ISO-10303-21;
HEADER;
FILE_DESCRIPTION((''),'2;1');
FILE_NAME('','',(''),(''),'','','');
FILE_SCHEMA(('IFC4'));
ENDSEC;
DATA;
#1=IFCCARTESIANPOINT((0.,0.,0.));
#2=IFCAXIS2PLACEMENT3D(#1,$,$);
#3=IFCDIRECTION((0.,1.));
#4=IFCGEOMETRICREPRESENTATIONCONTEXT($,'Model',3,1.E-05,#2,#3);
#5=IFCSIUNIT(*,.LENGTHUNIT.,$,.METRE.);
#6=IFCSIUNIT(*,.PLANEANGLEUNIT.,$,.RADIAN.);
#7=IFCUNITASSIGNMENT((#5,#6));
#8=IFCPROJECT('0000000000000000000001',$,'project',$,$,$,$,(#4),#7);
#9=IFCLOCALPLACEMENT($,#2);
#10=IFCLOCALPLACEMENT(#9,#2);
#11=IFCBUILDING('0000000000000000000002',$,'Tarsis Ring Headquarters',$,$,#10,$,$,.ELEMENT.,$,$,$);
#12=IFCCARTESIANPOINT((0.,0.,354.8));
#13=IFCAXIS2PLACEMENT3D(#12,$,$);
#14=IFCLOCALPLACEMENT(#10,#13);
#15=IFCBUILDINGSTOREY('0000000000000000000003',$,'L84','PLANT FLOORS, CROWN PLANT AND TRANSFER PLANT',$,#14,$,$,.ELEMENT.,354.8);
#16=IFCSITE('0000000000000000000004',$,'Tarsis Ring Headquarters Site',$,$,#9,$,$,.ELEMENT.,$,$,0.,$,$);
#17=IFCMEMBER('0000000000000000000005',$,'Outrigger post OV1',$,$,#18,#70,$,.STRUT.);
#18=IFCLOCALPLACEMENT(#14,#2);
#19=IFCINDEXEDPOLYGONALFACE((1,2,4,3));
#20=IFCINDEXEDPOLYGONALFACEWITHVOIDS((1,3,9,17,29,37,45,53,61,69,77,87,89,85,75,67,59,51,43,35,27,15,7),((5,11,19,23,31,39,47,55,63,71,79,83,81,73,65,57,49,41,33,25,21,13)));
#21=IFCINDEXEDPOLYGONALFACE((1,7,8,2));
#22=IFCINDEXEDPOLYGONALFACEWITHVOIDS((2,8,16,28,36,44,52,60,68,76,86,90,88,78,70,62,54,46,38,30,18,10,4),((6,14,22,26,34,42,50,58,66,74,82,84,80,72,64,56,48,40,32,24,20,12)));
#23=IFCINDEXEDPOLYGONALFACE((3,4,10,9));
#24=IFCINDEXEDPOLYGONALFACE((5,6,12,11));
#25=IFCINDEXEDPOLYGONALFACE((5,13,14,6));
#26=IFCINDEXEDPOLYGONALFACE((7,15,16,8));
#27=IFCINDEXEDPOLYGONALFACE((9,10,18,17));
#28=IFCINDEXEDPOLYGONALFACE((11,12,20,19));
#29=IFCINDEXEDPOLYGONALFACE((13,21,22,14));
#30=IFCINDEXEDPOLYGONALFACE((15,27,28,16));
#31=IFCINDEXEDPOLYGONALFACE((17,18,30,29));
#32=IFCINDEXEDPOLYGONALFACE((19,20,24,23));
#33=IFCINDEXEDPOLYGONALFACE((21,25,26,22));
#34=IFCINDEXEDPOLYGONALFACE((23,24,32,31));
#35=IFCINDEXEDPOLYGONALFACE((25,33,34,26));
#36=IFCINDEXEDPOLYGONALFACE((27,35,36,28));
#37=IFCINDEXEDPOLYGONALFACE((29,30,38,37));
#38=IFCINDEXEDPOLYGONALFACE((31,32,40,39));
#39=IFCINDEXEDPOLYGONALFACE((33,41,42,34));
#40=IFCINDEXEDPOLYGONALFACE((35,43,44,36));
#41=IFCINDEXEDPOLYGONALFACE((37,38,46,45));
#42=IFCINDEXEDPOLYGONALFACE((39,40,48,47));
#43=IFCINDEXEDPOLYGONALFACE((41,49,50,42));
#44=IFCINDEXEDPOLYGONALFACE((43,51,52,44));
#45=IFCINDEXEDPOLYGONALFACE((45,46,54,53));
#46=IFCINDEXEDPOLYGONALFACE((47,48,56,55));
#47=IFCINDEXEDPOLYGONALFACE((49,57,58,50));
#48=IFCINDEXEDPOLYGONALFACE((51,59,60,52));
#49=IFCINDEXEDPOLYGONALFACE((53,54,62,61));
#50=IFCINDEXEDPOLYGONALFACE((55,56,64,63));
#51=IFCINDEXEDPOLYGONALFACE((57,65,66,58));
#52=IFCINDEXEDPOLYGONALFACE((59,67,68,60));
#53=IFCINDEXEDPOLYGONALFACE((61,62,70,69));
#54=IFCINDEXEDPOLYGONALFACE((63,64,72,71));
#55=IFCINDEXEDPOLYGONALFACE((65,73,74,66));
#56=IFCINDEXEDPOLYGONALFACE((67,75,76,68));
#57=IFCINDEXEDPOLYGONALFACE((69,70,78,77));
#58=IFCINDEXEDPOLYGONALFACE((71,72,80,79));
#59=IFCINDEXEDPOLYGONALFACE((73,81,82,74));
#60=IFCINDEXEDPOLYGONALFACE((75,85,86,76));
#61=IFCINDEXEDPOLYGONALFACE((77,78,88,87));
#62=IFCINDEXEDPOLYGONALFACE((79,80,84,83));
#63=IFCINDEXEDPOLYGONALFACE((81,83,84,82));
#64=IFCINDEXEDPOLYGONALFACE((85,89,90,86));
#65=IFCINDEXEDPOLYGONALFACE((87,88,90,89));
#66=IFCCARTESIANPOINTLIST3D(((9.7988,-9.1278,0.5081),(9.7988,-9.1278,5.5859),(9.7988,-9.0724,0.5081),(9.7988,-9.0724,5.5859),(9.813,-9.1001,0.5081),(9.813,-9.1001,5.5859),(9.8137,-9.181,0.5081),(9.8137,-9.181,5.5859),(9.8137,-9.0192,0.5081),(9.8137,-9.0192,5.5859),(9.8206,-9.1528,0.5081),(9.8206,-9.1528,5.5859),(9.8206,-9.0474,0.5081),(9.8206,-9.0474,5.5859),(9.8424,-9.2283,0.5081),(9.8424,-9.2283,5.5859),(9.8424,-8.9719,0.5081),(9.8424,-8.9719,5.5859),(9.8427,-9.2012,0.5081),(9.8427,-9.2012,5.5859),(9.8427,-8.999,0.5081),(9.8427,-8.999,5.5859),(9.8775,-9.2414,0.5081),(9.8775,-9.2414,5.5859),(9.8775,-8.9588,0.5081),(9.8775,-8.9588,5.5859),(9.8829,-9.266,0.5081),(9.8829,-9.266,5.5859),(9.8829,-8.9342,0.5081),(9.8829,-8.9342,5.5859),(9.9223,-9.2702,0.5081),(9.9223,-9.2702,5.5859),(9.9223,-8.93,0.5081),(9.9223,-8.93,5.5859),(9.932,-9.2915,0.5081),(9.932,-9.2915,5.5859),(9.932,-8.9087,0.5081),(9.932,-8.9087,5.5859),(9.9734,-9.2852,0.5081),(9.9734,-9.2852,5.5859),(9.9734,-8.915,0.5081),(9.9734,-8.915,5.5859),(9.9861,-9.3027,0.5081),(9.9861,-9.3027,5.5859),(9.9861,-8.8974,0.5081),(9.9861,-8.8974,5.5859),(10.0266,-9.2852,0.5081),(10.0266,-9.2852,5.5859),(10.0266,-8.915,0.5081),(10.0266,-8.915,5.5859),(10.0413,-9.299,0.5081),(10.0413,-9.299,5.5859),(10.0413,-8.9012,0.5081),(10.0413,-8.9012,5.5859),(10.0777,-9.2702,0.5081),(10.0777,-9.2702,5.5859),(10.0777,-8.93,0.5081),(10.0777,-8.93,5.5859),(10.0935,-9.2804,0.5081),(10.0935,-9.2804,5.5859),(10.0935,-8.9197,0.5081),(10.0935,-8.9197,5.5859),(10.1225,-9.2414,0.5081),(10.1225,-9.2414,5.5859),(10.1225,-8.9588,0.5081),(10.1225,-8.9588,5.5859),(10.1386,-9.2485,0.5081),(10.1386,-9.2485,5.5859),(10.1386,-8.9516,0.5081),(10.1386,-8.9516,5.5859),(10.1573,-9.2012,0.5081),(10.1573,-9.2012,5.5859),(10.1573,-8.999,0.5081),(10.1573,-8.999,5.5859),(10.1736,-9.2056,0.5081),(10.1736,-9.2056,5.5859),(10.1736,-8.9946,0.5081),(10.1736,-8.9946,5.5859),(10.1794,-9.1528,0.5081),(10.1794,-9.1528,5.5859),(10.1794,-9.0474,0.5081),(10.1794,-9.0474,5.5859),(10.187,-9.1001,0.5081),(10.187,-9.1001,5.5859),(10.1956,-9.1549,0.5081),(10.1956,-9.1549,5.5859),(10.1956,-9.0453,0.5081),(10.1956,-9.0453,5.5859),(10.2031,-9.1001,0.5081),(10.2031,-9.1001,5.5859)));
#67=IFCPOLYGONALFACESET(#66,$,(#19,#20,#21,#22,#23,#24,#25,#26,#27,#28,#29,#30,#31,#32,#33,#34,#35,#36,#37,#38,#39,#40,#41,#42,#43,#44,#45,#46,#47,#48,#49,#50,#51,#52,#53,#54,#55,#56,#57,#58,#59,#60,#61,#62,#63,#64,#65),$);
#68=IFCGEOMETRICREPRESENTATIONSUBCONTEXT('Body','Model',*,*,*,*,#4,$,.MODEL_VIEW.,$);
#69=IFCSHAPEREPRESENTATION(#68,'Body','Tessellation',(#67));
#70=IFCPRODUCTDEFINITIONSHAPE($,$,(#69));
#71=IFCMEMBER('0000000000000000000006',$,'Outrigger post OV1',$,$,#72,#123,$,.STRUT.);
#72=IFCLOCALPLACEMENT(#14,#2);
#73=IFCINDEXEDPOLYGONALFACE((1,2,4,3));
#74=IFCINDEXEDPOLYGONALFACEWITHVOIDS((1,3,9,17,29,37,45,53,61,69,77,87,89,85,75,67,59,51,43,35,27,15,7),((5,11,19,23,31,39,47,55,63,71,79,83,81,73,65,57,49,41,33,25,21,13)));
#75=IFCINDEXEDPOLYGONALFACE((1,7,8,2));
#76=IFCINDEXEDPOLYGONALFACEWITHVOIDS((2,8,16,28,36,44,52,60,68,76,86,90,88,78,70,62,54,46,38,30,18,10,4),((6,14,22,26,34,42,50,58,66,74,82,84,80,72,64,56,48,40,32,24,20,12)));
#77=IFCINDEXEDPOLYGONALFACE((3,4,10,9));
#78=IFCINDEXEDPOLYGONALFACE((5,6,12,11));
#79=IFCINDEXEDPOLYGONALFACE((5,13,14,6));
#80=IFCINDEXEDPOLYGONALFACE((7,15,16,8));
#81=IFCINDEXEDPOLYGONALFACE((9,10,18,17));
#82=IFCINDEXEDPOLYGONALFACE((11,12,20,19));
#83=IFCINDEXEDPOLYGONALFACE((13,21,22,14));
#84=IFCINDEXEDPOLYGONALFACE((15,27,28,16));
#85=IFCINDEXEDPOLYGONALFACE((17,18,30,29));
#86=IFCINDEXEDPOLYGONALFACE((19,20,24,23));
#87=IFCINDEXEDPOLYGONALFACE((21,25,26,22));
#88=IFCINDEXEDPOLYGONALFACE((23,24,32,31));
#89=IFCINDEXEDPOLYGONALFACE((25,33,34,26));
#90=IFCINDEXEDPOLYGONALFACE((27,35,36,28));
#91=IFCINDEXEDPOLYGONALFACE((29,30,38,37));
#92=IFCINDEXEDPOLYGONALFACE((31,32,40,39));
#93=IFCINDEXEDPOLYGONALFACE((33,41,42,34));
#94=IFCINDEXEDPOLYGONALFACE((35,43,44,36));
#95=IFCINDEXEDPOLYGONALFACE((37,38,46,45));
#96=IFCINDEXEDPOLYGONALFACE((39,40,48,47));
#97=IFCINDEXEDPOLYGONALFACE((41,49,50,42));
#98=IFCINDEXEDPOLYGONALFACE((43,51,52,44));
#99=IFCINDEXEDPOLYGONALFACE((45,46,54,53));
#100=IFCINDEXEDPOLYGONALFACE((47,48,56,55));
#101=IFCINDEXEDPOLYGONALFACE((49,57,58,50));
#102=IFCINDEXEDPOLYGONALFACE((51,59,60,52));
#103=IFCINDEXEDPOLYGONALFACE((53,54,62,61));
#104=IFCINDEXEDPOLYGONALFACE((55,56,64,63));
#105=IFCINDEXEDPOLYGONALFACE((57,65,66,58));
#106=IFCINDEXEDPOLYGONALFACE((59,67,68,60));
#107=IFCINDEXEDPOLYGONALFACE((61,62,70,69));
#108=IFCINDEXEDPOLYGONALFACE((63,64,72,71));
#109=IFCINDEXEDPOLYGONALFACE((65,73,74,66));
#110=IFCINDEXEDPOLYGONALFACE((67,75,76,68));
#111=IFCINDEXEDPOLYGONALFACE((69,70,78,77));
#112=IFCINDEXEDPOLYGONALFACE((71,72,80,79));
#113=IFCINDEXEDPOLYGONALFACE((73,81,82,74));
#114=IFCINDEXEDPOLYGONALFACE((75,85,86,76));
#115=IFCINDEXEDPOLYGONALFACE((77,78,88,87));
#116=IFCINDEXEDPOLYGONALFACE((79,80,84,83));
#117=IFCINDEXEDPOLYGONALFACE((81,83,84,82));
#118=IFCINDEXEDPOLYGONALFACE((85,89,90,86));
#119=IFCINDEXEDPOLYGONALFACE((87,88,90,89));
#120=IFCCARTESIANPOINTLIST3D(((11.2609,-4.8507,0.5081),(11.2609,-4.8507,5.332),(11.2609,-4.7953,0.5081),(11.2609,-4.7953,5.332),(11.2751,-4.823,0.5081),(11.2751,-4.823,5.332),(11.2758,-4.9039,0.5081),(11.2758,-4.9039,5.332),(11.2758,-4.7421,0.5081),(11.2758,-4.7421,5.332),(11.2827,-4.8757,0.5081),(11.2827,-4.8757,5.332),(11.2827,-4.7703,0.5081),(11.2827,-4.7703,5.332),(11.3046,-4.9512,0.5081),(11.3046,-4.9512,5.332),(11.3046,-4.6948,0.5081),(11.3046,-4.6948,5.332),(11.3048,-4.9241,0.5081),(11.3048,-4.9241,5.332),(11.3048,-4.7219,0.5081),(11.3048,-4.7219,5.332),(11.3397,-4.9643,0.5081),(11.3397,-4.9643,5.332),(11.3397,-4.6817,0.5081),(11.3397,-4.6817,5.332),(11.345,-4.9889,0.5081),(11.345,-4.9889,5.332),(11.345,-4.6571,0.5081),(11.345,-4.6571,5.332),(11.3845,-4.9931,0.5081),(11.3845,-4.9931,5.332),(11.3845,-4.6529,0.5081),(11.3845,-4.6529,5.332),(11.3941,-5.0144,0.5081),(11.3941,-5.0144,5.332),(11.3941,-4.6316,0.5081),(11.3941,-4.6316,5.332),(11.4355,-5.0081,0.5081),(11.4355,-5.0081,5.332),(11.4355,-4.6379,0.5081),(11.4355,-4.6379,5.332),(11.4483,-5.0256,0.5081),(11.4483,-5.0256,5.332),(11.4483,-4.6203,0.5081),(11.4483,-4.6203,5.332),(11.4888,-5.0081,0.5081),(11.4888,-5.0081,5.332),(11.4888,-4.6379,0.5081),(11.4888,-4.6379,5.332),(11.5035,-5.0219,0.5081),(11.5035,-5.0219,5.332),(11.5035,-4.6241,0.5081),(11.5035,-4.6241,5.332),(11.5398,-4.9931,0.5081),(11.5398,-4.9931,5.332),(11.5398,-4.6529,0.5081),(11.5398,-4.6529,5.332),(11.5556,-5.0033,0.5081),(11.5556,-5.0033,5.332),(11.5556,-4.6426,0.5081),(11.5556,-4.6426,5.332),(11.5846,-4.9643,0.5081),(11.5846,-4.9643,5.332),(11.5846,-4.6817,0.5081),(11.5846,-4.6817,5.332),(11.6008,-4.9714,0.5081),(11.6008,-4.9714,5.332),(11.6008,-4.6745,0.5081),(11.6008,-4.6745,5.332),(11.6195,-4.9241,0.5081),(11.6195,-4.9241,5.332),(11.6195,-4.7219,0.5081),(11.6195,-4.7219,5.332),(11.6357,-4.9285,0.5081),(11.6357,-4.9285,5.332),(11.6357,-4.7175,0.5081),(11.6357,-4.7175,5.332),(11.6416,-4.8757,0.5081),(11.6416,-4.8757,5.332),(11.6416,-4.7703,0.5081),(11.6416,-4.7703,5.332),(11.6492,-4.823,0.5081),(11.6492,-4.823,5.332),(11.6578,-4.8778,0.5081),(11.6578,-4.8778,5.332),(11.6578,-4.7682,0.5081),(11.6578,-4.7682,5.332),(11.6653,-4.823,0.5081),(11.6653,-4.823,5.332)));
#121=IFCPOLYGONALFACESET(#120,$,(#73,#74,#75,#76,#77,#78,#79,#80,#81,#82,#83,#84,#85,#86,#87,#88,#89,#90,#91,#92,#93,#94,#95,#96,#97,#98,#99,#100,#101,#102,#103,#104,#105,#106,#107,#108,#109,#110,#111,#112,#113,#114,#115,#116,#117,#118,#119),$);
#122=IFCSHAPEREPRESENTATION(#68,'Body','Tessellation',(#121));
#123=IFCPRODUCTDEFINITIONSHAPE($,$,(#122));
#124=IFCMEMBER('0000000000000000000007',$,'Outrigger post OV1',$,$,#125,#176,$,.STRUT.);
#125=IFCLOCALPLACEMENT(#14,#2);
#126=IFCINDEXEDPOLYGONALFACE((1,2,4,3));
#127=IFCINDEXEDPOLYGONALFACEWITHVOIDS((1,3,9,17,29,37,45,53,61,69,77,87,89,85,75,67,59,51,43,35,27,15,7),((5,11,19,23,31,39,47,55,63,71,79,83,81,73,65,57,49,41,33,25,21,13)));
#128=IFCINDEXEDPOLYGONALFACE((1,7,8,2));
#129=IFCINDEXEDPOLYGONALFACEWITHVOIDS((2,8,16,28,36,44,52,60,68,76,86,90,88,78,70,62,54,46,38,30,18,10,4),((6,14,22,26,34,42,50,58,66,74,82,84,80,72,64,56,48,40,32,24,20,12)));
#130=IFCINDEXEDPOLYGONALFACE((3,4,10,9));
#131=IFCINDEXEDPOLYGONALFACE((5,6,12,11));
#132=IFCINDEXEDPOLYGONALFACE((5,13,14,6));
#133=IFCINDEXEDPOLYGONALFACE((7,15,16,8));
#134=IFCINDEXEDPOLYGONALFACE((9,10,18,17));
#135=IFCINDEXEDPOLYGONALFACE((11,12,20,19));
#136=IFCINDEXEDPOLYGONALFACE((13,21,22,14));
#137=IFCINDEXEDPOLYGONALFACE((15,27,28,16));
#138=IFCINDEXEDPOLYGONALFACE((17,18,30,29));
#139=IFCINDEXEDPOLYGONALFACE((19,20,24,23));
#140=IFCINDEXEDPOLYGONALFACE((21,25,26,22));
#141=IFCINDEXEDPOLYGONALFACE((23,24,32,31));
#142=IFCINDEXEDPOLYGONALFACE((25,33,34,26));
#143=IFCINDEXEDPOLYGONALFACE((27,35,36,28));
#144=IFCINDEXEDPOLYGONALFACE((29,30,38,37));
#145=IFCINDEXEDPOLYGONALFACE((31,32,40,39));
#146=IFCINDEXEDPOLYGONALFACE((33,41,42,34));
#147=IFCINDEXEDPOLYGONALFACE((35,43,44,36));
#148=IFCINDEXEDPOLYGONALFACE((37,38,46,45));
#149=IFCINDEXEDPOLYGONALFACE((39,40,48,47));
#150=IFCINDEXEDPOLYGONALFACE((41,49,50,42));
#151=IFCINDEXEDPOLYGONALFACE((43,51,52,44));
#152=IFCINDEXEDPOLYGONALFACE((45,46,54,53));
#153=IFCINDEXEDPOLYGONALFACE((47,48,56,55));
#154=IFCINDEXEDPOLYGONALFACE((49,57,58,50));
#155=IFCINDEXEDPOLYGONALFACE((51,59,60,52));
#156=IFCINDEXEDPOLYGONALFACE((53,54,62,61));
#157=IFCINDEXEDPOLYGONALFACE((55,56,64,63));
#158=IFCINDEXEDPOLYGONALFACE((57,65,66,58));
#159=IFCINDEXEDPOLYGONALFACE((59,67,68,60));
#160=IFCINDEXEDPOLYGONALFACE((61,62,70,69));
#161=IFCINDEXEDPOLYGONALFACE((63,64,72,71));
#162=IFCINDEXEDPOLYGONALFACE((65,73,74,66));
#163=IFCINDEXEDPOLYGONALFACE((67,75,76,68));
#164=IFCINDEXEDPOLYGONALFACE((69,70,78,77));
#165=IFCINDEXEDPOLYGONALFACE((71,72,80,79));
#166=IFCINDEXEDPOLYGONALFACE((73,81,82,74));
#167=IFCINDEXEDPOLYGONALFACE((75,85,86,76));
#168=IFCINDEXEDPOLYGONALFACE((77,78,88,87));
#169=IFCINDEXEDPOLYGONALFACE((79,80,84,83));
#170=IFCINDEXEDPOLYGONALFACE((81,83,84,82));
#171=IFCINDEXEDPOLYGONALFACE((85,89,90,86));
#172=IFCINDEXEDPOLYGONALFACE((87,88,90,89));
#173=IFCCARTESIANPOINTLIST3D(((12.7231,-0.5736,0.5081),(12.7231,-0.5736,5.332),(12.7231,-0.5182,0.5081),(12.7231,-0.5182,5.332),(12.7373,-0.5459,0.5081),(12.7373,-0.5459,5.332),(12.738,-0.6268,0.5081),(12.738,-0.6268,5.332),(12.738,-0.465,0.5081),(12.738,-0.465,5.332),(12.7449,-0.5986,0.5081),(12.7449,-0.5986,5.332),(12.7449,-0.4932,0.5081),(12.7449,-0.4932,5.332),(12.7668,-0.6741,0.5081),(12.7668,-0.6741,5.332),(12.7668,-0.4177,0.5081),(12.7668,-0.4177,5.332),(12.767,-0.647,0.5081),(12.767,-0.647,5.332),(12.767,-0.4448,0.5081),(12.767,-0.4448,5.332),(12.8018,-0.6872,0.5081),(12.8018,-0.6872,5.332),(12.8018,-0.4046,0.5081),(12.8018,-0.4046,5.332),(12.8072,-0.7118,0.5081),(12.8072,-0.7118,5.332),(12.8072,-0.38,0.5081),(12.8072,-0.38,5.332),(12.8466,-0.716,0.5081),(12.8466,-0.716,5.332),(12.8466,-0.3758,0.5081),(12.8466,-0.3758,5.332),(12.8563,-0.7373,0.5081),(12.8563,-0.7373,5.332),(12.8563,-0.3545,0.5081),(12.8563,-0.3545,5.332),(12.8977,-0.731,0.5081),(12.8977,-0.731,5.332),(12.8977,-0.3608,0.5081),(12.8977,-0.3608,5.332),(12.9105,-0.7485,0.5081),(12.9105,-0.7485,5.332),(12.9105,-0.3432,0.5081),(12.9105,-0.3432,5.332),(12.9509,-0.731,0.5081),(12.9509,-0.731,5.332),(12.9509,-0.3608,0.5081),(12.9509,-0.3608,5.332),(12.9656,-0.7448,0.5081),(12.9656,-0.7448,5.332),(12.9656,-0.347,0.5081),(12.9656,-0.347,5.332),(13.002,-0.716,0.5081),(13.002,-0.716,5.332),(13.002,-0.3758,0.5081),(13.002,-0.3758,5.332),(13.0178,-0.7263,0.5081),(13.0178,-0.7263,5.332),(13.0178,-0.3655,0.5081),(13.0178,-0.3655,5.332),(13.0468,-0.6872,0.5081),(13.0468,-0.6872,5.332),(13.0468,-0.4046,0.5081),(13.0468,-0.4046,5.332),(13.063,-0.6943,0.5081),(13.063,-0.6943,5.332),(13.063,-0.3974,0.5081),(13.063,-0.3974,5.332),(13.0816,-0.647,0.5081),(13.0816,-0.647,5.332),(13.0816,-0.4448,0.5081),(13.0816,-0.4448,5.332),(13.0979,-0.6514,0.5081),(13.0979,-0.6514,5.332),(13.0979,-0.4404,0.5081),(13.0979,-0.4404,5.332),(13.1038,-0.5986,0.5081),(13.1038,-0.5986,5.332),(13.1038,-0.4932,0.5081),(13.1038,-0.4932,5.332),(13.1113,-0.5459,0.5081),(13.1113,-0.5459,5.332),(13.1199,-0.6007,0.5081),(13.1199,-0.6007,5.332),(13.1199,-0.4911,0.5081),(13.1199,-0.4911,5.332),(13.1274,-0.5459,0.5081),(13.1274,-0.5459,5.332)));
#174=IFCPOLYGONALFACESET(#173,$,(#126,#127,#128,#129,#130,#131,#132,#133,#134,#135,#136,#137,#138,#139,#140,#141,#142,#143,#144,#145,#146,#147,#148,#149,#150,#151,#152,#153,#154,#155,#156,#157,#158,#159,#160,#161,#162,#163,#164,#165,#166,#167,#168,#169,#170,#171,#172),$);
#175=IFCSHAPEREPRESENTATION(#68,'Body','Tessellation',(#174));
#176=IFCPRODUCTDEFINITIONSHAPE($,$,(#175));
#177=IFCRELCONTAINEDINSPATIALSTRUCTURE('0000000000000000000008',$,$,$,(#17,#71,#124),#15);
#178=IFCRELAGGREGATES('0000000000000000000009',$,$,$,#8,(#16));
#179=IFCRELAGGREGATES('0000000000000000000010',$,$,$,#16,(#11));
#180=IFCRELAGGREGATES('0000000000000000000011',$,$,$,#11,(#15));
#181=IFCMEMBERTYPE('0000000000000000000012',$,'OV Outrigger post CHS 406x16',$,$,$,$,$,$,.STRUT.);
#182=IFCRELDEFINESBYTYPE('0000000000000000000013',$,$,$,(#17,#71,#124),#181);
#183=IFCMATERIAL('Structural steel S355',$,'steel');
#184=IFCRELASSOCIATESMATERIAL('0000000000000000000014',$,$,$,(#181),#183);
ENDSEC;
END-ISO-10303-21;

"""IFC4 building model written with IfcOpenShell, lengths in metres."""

from ifc_helpers import new_model, si_unit, direction, frame, origin, origin_2d, place, context, subcontext, project, spatial, hollow_circle, extrude, material, material_profile, profile_set, type_object, element, save


model = new_model("IFC4")

# Units and contexts
model_context = context("Model", 3, precision=1e-05, world=origin(), true_north=direction((0.0, 1.0)))
body_context = subcontext(model_context, "Body", "Model", "MODEL_VIEW")
ifc_project = project(units=[si_unit("LENGTHUNIT", "METRE"), si_unit("PLANEANGLEUNIT", "RADIAN")], contexts=[model_context])

# Site, building, storey
site_placement = place(None, origin())
site = spatial("IfcSite", under=ifc_project, at=site_placement, Name="Tarsis Ring Headquarters Site", CompositionType="ELEMENT", RefElevation=0.0)
building_placement = place(site_placement, origin())
building = spatial("IfcBuilding", under=site, at=building_placement, Name="Tarsis Ring Headquarters", CompositionType="ELEMENT")
storey_placement = place(building_placement, frame((0.0, 0.0, 354.8)))
storey = spatial("IfcBuildingStorey", under=building, at=storey_placement, Name="L84", Description="PLANT FLOORS, CROWN PLANT AND TRANSFER PLANT", CompositionType="ELEMENT", Elevation=354.8)

# Shared definitions
ifc_material_1 = material(Name="Structural steel S355", Category="steel")

# Members
ifc_material_profile_1 = material_profile(ifc_material_1, hollow_circle(Radius=0.2031, WallThickness=0.0161, at=origin_2d()), Name="CHS 406x16")
ifc_profile_set_1 = profile_set([ifc_material_profile_1], Name="Structural steel S355")
member_type_1 = type_object("IfcMemberType", Name="OV Outrigger post CHS 406x16", PredefinedType="STRUT", material=ifc_profile_set_1)
member_1_placement = place(storey_placement, frame((10.0, -9.1001, 0.5081), z_axis=(0.0, 0.0, 1.0), x_axis=(1.0, 0.0, 0.0)))
element("IfcMember", 1, at=member_1_placement, inside=storey, type_object=member_type_1, Name="Outrigger post OV1", PredefinedType="STRUT", context=body_context, shape_type="SweptSolid", body=[
    extrude(hollow_circle(Radius=0.2031, WallThickness=0.0161, at=origin_2d()), origin(), (0.0, 0.0, 1.0), 5.0779),
])
for number, where, z_axis, x_axis, name in (
    (2, (11.4622, -4.823, 0.5081), (0.0, 0.0, 1.0), (1.0, 0.0, 0.0), "Outrigger post OV1"),
    (3, (12.9243, -0.5459, 0.5081), (0.0, 0.0, 1.0), (1.0, 0.0, 0.0), "Outrigger post OV1"),
):
    element("IfcMember", number, at=place(storey_placement, frame(where, z_axis=z_axis, x_axis=x_axis)), inside=storey, type_object=member_type_1, Name=name, PredefinedType="STRUT", context=body_context, shape_type="SweptSolid", body=[
        extrude(hollow_circle(Radius=0.2031, WallThickness=0.0161, at=origin_2d()), origin(), (0.0, 0.0, 1.0), 4.824),
    ])

save(model, "model.ifc")
